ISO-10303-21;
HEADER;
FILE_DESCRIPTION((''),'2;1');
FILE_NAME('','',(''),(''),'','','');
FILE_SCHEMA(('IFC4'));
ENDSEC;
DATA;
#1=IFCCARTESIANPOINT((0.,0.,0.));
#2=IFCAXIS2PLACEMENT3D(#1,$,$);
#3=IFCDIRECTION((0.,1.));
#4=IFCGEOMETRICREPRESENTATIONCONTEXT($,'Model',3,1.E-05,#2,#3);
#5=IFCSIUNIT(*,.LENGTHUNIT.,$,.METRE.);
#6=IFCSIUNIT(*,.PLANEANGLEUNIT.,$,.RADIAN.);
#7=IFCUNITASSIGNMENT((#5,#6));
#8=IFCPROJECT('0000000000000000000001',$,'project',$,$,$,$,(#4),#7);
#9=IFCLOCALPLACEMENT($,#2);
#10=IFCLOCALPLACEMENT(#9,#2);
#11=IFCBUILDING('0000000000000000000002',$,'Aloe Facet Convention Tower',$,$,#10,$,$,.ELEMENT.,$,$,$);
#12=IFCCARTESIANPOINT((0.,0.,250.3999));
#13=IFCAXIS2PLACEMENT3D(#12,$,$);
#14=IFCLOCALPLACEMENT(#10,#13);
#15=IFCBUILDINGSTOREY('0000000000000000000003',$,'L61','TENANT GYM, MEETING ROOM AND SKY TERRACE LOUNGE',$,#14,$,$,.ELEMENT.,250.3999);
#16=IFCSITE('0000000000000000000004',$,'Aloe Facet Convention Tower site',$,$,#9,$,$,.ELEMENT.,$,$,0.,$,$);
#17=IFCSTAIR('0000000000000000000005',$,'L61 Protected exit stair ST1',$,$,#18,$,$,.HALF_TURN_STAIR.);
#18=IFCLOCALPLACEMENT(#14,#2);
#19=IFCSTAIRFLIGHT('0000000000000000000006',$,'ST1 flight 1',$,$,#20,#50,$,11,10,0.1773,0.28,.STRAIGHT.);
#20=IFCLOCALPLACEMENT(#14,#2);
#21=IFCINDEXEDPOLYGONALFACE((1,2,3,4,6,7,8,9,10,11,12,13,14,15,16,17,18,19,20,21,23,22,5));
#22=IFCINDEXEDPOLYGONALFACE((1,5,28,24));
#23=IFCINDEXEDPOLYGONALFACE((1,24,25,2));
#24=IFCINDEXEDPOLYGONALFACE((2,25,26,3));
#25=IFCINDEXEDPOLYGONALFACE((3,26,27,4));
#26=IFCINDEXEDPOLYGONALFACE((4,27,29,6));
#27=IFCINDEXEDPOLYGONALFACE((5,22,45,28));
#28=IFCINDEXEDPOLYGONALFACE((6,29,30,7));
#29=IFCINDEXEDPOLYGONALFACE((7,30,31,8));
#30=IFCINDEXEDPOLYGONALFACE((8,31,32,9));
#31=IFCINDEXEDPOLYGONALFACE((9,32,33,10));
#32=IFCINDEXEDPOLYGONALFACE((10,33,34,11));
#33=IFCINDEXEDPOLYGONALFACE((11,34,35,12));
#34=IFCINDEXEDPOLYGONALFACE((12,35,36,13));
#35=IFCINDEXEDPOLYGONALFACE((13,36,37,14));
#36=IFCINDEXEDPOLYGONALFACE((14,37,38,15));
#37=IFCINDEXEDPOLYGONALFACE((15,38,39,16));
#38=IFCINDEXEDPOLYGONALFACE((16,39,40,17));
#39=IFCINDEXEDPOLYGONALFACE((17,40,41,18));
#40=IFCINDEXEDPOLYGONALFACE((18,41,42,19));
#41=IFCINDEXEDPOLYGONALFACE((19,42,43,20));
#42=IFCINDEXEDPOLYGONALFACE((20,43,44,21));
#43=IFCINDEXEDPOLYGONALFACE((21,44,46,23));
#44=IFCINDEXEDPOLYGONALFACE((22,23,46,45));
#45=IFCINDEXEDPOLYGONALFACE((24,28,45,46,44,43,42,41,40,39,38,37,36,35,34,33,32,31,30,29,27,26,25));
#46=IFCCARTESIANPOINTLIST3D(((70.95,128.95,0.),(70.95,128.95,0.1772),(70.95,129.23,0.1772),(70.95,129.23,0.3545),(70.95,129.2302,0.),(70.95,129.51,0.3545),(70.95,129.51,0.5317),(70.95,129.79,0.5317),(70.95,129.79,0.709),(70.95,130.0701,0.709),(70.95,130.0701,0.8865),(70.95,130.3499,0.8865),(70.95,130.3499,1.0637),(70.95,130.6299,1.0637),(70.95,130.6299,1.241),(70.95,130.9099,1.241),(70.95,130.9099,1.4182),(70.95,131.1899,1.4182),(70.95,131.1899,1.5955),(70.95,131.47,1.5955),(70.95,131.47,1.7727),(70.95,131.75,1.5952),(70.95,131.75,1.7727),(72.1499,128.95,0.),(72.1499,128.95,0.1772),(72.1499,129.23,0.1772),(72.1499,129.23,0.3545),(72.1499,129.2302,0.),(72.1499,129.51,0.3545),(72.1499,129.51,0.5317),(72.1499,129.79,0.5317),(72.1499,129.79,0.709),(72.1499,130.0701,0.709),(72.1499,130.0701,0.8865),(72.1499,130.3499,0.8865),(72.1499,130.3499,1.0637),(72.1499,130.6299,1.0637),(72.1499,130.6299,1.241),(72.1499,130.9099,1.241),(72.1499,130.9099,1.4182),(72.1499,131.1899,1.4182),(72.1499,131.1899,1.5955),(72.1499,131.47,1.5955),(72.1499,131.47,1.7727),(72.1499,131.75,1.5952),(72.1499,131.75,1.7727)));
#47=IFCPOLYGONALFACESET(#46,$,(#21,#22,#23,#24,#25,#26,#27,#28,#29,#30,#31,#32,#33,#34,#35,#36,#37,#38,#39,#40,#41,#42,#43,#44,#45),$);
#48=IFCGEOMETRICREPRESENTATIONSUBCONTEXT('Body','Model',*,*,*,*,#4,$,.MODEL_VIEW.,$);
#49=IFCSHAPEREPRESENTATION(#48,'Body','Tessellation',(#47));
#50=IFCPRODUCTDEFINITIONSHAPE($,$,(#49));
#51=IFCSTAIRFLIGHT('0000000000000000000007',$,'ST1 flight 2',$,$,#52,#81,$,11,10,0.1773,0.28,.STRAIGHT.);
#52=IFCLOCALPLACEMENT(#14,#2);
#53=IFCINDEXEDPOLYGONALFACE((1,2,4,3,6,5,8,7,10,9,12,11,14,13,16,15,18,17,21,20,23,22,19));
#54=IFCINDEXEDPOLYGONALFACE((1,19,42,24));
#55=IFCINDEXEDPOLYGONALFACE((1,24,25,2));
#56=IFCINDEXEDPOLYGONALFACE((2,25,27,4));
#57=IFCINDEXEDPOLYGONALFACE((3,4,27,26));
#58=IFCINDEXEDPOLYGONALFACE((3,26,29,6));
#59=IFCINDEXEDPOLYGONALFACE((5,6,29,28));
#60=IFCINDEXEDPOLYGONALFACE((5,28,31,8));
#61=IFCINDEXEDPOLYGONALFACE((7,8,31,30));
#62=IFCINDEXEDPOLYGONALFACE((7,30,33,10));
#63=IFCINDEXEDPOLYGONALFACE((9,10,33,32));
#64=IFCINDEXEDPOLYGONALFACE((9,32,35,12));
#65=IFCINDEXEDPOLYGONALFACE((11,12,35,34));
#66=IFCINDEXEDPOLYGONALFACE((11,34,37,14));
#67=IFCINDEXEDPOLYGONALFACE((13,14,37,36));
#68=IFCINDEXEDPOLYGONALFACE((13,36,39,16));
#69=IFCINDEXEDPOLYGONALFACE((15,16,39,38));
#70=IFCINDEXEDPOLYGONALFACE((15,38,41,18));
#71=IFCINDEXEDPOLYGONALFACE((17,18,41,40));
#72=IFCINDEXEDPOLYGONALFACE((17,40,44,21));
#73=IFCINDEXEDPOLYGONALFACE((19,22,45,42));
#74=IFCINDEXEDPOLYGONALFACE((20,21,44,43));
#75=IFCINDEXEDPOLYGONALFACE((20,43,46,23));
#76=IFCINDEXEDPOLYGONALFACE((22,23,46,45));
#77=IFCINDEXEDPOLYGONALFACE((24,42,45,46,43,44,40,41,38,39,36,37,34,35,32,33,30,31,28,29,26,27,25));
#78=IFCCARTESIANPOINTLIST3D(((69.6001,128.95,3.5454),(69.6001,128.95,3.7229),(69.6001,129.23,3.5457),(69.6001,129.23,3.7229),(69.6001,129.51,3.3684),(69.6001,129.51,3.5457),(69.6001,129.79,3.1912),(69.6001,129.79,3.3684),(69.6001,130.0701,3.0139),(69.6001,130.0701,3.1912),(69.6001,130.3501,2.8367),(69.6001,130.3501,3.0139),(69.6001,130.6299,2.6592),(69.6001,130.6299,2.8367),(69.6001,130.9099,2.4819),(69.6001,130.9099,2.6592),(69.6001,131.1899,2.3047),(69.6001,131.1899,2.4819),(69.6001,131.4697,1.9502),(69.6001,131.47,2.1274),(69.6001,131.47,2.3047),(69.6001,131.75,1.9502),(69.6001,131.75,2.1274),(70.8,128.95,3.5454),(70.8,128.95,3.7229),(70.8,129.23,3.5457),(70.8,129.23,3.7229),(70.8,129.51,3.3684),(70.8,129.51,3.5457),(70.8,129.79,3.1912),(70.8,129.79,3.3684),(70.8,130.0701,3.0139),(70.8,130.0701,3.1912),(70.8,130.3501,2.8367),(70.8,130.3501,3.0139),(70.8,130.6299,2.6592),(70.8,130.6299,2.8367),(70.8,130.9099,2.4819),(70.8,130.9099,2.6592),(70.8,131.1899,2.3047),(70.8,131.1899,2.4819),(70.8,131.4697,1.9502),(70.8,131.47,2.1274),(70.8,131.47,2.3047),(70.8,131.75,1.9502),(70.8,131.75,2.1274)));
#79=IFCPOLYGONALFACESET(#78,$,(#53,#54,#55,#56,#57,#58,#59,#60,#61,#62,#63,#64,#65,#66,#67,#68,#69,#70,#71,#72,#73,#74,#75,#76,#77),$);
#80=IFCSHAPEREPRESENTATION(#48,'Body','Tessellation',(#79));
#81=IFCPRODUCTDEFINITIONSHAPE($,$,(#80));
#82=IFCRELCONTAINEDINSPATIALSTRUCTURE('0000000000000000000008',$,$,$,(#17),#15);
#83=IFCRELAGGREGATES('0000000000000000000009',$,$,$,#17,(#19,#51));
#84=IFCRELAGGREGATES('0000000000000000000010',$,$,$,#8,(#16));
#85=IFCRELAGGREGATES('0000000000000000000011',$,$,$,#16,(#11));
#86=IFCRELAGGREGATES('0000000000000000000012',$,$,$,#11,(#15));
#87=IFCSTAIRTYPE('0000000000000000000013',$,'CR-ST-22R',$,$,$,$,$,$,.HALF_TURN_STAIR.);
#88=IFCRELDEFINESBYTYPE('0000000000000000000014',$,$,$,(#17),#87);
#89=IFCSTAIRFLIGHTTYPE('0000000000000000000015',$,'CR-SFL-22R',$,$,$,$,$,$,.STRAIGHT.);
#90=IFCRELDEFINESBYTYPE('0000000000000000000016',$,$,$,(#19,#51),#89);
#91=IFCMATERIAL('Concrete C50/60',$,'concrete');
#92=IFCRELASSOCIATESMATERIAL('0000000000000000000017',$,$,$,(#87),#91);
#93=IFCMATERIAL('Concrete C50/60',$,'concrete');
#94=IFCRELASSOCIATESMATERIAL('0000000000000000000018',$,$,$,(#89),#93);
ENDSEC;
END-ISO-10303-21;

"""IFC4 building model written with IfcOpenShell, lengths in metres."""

from ifc_helpers import new_model, si_unit, direction, frame, origin, place, context, subcontext, project, spatial, polyline, outline, extrude, material, type_object, element, aggregate, save


model = new_model("IFC4")

# Units and contexts
model_context = context("Model", 3, precision=1e-05, world=origin(), true_north=direction((0.0, 1.0)))
body_context = subcontext(model_context, "Body", "Model", "MODEL_VIEW")
ifc_project = project(units=[si_unit("LENGTHUNIT", "METRE"), si_unit("PLANEANGLEUNIT", "RADIAN")], contexts=[model_context])

# Site, building, storey
site_placement = place(None, origin())
site = spatial("IfcSite", under=ifc_project, at=site_placement, Name="Aloe Facet Convention Tower site", CompositionType="ELEMENT", RefElevation=0.0)
building_placement = place(site_placement, origin())
building = spatial("IfcBuilding", under=site, at=building_placement, Name="Aloe Facet Convention Tower", CompositionType="ELEMENT")
storey_placement = place(building_placement, frame((0.0, 0.0, 250.3999)))
storey = spatial("IfcBuildingStorey", under=building, at=storey_placement, Name="L61", Description="TENANT GYM, MEETING ROOM AND SKY TERRACE LOUNGE", CompositionType="ELEMENT", Elevation=250.3999)

# Stair, stair flights
ifc_material_1 = material(Name="Concrete C50/60", Category="concrete")
stair_type = type_object("IfcStairType", Name="CR-ST-22R", PredefinedType="HALF_TURN_STAIR", material=ifc_material_1)
stair_placement = place(storey_placement, origin())
stair = element("IfcStair", 1, at=stair_placement, inside=storey, type_object=stair_type, Name="L61 Protected exit stair ST1", PredefinedType="HALF_TURN_STAIR")
ifc_material_2 = material(Name="Concrete C50/60", Category="concrete")
stair_flight_type = type_object("IfcStairFlightType", Name="CR-SFL-22R", PredefinedType="STRAIGHT", material=ifc_material_2)
stair_flight_1_placement = place(storey_placement, frame((71.55, 128.95, 0.0), z_axis=(0.0, 0.0, 1.0), x_axis=(0.0, 1.0, 0.0)))
stair_flight_1 = element("IfcStairFlight", 2, at=stair_flight_1_placement, type_object=stair_flight_type, Name="ST1 flight 1", NumberOfRisers=11, NumberOfTreads=10, PredefinedType="STRAIGHT", RiserHeight=0.1773, TreadLength=0.28, context=body_context, shape_type="SweptSolid", body=[
    extrude(outline(polyline([(0.0, 0.0), (0.0, 0.1772), (0.28, 0.1772), (0.28, 0.3545), (0.5601, 0.3545), (0.5601, 0.5317), (0.8401, 0.5317), (0.8401, 0.709), (1.1201, 0.709), (1.1201, 0.8865), (1.3999, 0.8865), (1.3999, 1.0637), (1.6799, 1.0637), (1.6799, 1.241), (1.96, 1.241), (1.96, 1.4182), (2.24, 1.4182), (2.24, 1.5955), (2.52, 1.5955), (2.52, 1.7727), (2.8, 1.7727), (2.8, 1.95), (2.8, 1.5952), (0.2803, 0.0), (0.0, 0.0)])), frame((0.0, 0.6001, 0.0), z_axis=(0.0, -1.0, 0.0), x_axis=(1.0, 0.0, 0.0)), (0.0, 0.0, 1.0), 1.2),
])
stair_flight_2_placement = place(storey_placement, frame((70.2, 131.75, 1.9502), z_axis=(0.0, 0.0, 1.0), x_axis=(0.0, -1.0, 0.0)))
stair_flight_2 = element("IfcStairFlight", 3, at=stair_flight_2_placement, type_object=stair_flight_type, Name="ST1 flight 2", NumberOfRisers=11, NumberOfTreads=10, PredefinedType="STRAIGHT", RiserHeight=0.1773, TreadLength=0.28, context=body_context, shape_type="SweptSolid", body=[
    extrude(outline(polyline([(0.0, 0.0), (0.0, 0.1772), (0.28, 0.1772), (0.28, 0.3545), (0.5601, 0.3545), (0.5601, 0.5317), (0.8401, 0.5317), (0.8401, 0.709), (1.1201, 0.709), (1.1201, 0.8865), (1.3999, 0.8865), (1.3999, 1.0637), (1.6799, 1.0637), (1.6799, 1.241), (1.96, 1.241), (1.96, 1.4182), (2.24, 1.4182), (2.24, 1.5955), (2.52, 1.5955), (2.52, 1.7727), (2.8, 1.7727), (2.8, 1.95), (2.8, 1.5952), (0.2803, 0.0), (0.0, 0.0)])), frame((0.0, 0.6001, 0.0), z_axis=(0.0, -1.0, 0.0), x_axis=(1.0, 0.0, 0.0)), (0.0, 0.0, 1.0), 1.2),
])
aggregate(stair, [stair_flight_1, stair_flight_2])

save(model, "model.ifc")
